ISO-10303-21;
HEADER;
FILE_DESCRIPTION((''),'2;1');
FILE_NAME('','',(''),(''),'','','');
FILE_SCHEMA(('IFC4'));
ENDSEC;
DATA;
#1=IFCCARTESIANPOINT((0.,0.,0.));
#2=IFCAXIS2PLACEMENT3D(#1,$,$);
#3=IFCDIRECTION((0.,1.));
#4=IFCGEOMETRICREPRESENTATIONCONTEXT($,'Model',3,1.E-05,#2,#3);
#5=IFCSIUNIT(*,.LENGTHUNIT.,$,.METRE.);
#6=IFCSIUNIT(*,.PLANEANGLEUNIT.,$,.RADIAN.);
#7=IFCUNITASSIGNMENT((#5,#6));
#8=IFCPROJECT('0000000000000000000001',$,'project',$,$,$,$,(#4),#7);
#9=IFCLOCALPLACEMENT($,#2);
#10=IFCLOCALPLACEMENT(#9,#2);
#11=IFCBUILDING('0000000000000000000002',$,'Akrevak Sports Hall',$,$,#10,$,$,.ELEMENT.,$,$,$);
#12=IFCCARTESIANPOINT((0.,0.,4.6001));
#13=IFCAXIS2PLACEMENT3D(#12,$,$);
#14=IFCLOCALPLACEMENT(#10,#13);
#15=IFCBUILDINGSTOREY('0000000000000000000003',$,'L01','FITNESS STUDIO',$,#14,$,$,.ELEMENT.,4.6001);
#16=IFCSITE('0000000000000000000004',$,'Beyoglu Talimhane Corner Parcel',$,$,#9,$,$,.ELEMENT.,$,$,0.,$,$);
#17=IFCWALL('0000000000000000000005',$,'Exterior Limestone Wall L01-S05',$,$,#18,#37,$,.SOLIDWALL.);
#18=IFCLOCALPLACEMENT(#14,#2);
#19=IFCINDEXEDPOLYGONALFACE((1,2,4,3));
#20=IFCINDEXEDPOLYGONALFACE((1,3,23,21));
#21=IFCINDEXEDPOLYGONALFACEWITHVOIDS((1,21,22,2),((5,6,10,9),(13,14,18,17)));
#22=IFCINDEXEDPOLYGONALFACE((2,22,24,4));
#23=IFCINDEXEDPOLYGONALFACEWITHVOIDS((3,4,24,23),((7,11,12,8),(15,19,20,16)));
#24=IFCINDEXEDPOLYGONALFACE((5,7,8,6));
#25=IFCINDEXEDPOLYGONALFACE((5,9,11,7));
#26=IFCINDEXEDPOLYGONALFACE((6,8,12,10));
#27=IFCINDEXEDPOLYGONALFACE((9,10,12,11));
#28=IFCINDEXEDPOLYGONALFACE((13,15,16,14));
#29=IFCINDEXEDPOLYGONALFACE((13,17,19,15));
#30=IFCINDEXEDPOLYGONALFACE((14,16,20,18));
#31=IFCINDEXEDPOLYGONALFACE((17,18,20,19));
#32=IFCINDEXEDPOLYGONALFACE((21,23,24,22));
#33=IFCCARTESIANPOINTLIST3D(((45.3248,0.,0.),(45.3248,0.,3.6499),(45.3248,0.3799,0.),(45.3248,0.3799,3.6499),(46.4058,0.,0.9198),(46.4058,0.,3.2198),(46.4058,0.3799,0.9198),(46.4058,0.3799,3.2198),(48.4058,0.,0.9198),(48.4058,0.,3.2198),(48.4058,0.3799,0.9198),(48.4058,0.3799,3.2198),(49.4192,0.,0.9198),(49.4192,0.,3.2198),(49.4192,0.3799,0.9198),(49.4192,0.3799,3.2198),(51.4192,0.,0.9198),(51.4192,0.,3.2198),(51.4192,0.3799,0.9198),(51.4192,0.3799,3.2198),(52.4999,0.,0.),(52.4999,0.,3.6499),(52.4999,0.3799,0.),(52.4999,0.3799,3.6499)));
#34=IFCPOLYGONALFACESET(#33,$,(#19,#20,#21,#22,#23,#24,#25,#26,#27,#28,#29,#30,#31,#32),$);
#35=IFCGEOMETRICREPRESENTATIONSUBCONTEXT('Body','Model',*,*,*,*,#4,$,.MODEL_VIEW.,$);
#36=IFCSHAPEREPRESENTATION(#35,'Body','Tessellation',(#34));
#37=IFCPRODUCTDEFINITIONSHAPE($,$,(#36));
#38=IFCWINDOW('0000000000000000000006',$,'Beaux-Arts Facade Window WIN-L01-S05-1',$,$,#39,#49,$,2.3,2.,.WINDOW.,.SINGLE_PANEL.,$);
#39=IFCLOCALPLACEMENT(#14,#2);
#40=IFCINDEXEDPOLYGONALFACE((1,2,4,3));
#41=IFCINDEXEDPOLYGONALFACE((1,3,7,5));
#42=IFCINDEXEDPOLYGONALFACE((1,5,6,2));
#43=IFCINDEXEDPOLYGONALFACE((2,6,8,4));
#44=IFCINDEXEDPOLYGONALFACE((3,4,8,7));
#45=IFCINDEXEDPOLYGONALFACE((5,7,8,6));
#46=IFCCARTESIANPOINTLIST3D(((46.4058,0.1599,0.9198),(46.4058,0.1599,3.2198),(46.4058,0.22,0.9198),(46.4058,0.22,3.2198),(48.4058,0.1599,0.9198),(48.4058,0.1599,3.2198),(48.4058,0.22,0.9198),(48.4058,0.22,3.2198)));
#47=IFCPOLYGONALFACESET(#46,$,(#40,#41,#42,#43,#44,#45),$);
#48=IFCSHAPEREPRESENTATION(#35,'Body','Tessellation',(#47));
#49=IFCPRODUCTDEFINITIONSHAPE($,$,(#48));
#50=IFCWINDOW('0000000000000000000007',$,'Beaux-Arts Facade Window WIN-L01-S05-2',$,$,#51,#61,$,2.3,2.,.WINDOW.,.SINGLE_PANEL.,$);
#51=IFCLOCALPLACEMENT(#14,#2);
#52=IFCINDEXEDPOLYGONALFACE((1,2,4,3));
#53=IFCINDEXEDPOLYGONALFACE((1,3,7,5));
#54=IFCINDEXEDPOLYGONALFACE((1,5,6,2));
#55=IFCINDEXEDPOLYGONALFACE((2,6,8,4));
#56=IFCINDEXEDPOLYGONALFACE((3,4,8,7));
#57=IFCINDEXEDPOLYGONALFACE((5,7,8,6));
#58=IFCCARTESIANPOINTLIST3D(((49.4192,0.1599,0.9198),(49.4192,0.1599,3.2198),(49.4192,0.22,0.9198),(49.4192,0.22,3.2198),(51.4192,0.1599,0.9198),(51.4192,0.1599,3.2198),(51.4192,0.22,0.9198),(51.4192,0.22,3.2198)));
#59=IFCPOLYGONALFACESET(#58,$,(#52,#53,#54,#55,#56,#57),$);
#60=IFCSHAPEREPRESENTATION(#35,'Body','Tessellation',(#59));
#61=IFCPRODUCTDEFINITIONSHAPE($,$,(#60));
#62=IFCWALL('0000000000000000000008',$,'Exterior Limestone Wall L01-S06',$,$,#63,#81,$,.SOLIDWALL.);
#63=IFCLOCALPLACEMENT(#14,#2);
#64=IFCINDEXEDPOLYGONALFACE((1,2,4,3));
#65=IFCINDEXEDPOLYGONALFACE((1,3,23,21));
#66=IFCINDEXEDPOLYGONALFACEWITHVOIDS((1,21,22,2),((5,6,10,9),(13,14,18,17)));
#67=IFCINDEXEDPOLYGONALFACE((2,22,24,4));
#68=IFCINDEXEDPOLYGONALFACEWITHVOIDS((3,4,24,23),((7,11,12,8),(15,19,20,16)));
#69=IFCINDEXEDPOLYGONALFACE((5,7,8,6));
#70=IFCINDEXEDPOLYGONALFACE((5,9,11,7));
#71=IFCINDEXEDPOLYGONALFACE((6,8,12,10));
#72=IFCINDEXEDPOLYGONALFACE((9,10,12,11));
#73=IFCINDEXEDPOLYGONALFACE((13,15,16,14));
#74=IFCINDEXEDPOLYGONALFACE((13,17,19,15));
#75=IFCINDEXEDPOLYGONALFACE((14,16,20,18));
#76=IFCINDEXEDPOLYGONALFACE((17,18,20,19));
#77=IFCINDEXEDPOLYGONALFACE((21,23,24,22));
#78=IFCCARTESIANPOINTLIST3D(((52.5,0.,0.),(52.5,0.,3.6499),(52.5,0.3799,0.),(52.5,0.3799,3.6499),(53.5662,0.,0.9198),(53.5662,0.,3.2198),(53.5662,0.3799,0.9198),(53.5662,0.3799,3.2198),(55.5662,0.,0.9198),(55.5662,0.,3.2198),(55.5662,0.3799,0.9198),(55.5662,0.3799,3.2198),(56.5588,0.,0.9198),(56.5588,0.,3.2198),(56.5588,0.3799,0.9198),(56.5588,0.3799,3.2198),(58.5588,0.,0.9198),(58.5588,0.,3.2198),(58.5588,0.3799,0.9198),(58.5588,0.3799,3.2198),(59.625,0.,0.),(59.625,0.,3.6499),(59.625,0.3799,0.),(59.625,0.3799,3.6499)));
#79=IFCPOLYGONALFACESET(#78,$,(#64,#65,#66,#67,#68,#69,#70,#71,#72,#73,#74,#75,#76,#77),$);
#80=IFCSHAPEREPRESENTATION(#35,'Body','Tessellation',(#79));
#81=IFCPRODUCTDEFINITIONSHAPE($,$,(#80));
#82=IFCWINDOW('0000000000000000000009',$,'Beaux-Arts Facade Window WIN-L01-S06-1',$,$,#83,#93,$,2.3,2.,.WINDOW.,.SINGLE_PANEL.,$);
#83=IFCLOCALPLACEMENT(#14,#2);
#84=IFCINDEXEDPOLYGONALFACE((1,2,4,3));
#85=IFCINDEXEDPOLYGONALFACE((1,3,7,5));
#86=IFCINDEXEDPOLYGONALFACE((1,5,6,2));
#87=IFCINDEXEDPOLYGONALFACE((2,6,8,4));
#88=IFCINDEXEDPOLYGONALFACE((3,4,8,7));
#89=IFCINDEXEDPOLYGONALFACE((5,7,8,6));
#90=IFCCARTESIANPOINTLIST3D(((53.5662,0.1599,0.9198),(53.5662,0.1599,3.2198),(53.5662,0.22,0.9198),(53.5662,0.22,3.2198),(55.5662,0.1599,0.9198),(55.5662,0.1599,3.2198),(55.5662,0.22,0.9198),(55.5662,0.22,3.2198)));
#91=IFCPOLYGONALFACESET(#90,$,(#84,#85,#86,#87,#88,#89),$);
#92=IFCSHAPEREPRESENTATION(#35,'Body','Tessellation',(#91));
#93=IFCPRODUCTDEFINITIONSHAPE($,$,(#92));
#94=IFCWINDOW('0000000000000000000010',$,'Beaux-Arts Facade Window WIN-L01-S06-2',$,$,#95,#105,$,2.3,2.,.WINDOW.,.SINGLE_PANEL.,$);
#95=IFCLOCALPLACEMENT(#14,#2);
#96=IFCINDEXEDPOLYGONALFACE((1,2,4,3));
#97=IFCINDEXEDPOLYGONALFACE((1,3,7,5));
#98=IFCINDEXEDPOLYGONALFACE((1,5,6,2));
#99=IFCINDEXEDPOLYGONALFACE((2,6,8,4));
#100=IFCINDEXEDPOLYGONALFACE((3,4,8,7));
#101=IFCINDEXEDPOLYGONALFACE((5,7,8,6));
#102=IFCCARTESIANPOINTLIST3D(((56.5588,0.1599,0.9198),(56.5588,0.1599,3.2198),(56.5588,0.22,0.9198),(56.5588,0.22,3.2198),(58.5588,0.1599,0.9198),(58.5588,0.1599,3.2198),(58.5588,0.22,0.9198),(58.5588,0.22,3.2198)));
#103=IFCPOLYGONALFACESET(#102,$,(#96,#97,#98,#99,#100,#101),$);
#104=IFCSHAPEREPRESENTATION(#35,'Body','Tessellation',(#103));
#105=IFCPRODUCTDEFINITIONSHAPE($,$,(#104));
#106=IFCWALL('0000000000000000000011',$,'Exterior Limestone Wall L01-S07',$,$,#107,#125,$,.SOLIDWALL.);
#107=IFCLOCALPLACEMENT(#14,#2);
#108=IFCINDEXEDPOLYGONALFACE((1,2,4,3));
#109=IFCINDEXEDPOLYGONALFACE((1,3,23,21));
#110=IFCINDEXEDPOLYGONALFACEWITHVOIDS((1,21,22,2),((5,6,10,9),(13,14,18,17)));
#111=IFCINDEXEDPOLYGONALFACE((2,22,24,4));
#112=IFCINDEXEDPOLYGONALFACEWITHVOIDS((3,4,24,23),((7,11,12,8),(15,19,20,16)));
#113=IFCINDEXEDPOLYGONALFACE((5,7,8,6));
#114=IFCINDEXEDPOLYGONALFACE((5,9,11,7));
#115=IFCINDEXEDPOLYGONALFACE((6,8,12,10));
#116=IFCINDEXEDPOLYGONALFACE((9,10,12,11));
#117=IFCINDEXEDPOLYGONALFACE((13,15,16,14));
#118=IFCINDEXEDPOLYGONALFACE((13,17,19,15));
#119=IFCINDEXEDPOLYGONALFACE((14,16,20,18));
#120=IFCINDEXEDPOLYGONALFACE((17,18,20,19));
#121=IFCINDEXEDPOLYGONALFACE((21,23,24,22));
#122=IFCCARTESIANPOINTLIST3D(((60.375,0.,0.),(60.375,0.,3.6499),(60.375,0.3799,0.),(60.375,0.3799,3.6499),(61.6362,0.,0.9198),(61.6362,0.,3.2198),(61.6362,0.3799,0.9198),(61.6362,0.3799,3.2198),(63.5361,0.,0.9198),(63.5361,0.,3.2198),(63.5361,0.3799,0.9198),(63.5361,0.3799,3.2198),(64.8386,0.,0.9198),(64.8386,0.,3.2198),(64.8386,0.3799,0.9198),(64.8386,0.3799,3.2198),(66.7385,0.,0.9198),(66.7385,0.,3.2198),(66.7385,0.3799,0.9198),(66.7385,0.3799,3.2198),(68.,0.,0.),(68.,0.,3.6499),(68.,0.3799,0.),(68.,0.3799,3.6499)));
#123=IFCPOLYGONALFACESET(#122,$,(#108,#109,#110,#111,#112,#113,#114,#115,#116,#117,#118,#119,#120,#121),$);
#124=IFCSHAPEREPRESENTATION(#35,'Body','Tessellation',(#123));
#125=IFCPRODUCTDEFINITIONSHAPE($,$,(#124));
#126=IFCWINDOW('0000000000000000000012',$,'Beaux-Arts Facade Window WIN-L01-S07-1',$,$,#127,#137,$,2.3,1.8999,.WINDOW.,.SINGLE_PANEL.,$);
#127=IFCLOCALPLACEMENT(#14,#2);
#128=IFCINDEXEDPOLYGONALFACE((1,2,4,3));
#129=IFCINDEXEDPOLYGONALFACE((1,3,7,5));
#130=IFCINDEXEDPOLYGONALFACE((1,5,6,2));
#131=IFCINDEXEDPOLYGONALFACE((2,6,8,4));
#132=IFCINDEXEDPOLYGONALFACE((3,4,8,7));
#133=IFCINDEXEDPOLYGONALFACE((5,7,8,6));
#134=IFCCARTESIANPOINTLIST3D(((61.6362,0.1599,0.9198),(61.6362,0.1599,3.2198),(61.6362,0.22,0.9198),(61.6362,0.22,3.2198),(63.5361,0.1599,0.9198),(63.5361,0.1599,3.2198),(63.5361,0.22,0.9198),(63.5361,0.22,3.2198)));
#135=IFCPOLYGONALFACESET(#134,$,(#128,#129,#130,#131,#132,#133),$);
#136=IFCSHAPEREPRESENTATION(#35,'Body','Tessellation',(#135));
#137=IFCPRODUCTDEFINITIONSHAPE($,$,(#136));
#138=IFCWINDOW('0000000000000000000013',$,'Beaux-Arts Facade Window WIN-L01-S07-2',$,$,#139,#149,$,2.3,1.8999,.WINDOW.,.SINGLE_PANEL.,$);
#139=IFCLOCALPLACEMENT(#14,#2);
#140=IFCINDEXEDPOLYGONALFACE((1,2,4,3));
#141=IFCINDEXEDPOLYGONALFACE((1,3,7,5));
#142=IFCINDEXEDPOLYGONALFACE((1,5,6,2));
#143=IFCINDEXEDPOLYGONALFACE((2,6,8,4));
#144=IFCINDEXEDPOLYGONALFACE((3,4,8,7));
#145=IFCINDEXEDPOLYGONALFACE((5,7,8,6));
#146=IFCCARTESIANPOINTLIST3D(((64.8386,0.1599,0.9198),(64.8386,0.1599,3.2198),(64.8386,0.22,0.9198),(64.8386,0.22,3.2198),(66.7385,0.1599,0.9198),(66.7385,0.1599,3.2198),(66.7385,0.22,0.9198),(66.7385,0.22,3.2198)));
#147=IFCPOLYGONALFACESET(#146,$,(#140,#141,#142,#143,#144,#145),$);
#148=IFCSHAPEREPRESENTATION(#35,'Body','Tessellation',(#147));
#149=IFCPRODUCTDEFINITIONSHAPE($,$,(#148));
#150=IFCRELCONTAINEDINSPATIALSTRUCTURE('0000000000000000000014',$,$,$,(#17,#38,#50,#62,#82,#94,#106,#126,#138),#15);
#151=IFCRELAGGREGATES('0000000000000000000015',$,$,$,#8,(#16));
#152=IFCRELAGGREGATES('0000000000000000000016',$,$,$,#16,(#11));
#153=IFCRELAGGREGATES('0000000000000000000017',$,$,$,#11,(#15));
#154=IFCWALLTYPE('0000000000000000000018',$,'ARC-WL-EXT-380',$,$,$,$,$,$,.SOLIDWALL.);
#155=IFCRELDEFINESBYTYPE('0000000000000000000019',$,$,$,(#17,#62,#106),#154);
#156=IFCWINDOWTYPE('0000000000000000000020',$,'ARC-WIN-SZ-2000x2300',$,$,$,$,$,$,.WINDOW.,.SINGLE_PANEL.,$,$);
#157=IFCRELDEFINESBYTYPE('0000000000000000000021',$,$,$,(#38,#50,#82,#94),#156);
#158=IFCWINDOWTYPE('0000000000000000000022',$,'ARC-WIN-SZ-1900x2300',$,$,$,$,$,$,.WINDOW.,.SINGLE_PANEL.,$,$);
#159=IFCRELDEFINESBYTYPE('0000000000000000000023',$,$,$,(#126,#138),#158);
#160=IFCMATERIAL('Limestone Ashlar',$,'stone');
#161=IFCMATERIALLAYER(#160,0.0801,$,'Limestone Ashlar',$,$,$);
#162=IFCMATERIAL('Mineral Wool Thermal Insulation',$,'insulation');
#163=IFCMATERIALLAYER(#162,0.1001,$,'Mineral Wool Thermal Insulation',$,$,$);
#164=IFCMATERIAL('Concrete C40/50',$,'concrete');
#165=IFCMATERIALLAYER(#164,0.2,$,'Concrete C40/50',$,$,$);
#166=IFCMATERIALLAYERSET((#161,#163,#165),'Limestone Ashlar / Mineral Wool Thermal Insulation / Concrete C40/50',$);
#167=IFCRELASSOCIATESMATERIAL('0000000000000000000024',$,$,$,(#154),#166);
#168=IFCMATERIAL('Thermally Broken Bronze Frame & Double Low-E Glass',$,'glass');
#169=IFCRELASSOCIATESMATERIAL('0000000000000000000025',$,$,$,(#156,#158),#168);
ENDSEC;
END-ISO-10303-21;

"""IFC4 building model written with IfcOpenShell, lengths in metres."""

from ifc_helpers import new_model, si_unit, direction, frame, frame_2d, origin, place, context, subcontext, project, spatial, rectangle, extrude, material, layer, layer_set, type_object, element, fill, save


model = new_model("IFC4")

# Units and contexts
model_context = context("Model", 3, precision=1e-05, world=origin(), true_north=direction((0.0, 1.0)))
body_context = subcontext(model_context, "Body", "Model", "MODEL_VIEW")
ifc_project = project(units=[si_unit("LENGTHUNIT", "METRE"), si_unit("PLANEANGLEUNIT", "RADIAN")], contexts=[model_context])

# Site, building, storey
site_placement = place(None, origin())
site = spatial("IfcSite", under=ifc_project, at=site_placement, Name="Beyoglu Talimhane Corner Parcel", CompositionType="ELEMENT", RefElevation=0.0)
building_placement = place(site_placement, origin())
building = spatial("IfcBuilding", under=site, at=building_placement, Name="Akrevak Sports Hall", CompositionType="ELEMENT")
storey_placement = place(building_placement, frame((0.0, 0.0, 4.6001)))
storey = spatial("IfcBuildingStorey", under=building, at=storey_placement, Name="L01", Description="FITNESS STUDIO", CompositionType="ELEMENT", Elevation=4.6001)

# Shared definitions
ifc_material_1 = material(Name="Concrete C40/50", Category="concrete")

# Walls, openings, windows
ifc_material_2 = material(Name="Limestone Ashlar", Category="stone")
ifc_layer_1 = layer(ifc_material_2, 0.0801, Name="Limestone Ashlar")
ifc_material_3 = material(Name="Mineral Wool Thermal Insulation", Category="insulation")
ifc_layer_2 = layer(ifc_material_3, 0.1001, Name="Mineral Wool Thermal Insulation")
ifc_layer_3 = layer(ifc_material_1, 0.2, Name="Concrete C40/50")
ifc_layer_set_1 = layer_set([ifc_layer_1, ifc_layer_2, ifc_layer_3], Name="Limestone Ashlar / Mineral Wool Thermal Insulation / Concrete C40/50")
wall_type_1 = type_object("IfcWallType", Name="ARC-WL-EXT-380", PredefinedType="SOLIDWALL", material=ifc_layer_set_1)
wall_1_placement = place(storey_placement, frame((45.325, 0.1899, 0.0), z_axis=(0.0, 0.0, 1.0), x_axis=(1.0, 0.0, 0.0)))
wall_1 = element("IfcWall", 1, at=wall_1_placement, inside=storey, type_object=wall_type_1, Name="Exterior Limestone Wall L01-S05", PredefinedType="SOLIDWALL", context=body_context, shape_type="SweptSolid", body=[
    extrude(rectangle(XDim=7.175, YDim=0.3799, at=frame_2d((3.5874, 0.0))), origin(), (0.0, 0.0, 1.0), 3.6499),
])
opening_1_placement = place(wall_1_placement, frame((1.0808, 0.0, 0.9199)))
opening_1 = element("IfcOpeningElement", 2, at=opening_1_placement, cuts=wall_1, PredefinedType="OPENING", context=body_context, shape_type="SweptSolid", body=[
    extrude(rectangle(XDim=2.0, YDim=2.3, at=frame_2d((1.0, 1.1499))), frame((0.0, 0.2019, 0.0), z_axis=(0.0, -1.0, 0.0), x_axis=(1.0, 0.0, 0.0)), (0.0, 0.0, 1.0), 0.4038),
])
opening_2_placement = place(wall_1_placement, frame((4.0942, 0.0, 0.9199)))
opening_2 = element("IfcOpeningElement", 3, at=opening_2_placement, cuts=wall_1, PredefinedType="OPENING", context=body_context, shape_type="SweptSolid", body=[
    extrude(rectangle(XDim=2.0, YDim=2.3, at=frame_2d((1.0, 1.1499))), frame((0.0, 0.2019, 0.0), z_axis=(0.0, -1.0, 0.0), x_axis=(1.0, 0.0, 0.0)), (0.0, 0.0, 1.0), 0.4038),
])
ifc_material_4 = material(Name="Thermally Broken Bronze Frame & Double Low-E Glass", Category="glass")
window_type_1 = type_object("IfcWindowType", Name="ARC-WIN-SZ-2000x2300", PartitioningType="SINGLE_PANEL", PredefinedType="WINDOW", material=ifc_material_4)
window_1_placement = place(opening_1_placement, origin())
window_1 = element("IfcWindow", 4, at=window_1_placement, inside=storey, type_object=window_type_1, Name="Beaux-Arts Facade Window WIN-L01-S05-1", OverallHeight=2.3, OverallWidth=2.0, PartitioningType="SINGLE_PANEL", PredefinedType="WINDOW", context=body_context, shape_type="SweptSolid", body=[
    extrude(rectangle(XDim=2.0, YDim=2.3, at=frame_2d((1.0, 1.1499))), frame((0.0, 0.03, 0.0), z_axis=(0.0, -1.0, 0.0), x_axis=(1.0, 0.0, 0.0)), (0.0, 0.0, 1.0), 0.0601),
])
fill(opening_1, window_1)
window_2_placement = place(opening_2_placement, origin())
window_2 = element("IfcWindow", 5, at=window_2_placement, inside=storey, type_object=window_type_1, Name="Beaux-Arts Facade Window WIN-L01-S05-2", OverallHeight=2.3, OverallWidth=2.0, PartitioningType="SINGLE_PANEL", PredefinedType="WINDOW", context=body_context, shape_type="SweptSolid", body=[
    extrude(rectangle(XDim=2.0, YDim=2.3, at=frame_2d((1.0, 1.1499))), frame((0.0, 0.03, 0.0), z_axis=(0.0, -1.0, 0.0), x_axis=(1.0, 0.0, 0.0)), (0.0, 0.0, 1.0), 0.0601),
])
fill(opening_2, window_2)
wall_2_placement = place(storey_placement, frame((52.5, 0.1899, 0.0), z_axis=(0.0, 0.0, 1.0), x_axis=(1.0, 0.0, 0.0)))
wall_2 = element("IfcWall", 6, at=wall_2_placement, inside=storey, type_object=wall_type_1, Name="Exterior Limestone Wall L01-S06", PredefinedType="SOLIDWALL", context=body_context, shape_type="SweptSolid", body=[
    extrude(rectangle(XDim=7.125, YDim=0.3799, at=frame_2d((3.5625, 0.0))), origin(), (0.0, 0.0, 1.0), 3.6499),
])
opening_3_placement = place(wall_2_placement, frame((1.0662, 0.0, 0.9199)))
opening_3 = element("IfcOpeningElement", 7, at=opening_3_placement, cuts=wall_2, PredefinedType="OPENING", context=body_context, shape_type="SweptSolid", body=[
    extrude(rectangle(XDim=2.0, YDim=2.3, at=frame_2d((1.0, 1.1499))), frame((0.0, 0.2019, 0.0), z_axis=(0.0, -1.0, 0.0), x_axis=(1.0, 0.0, 0.0)), (0.0, 0.0, 1.0), 0.4038),
])
opening_4_placement = place(wall_2_placement, frame((4.0588, 0.0, 0.9199)))
opening_4 = element("IfcOpeningElement", 8, at=opening_4_placement, cuts=wall_2, PredefinedType="OPENING", context=body_context, shape_type="SweptSolid", body=[
    extrude(rectangle(XDim=2.0, YDim=2.3, at=frame_2d((1.0, 1.1499))), frame((0.0, 0.2019, 0.0), z_axis=(0.0, -1.0, 0.0), x_axis=(1.0, 0.0, 0.0)), (0.0, 0.0, 1.0), 0.4038),
])
window_3_placement = place(opening_3_placement, origin())
window_3 = element("IfcWindow", 9, at=window_3_placement, inside=storey, type_object=window_type_1, Name="Beaux-Arts Facade Window WIN-L01-S06-1", OverallHeight=2.3, OverallWidth=2.0, PartitioningType="SINGLE_PANEL", PredefinedType="WINDOW", context=body_context, shape_type="SweptSolid", body=[
    extrude(rectangle(XDim=2.0, YDim=2.3, at=frame_2d((1.0, 1.1499))), frame((0.0, 0.03, 0.0), z_axis=(0.0, -1.0, 0.0), x_axis=(1.0, 0.0, 0.0)), (0.0, 0.0, 1.0), 0.0601),
])
fill(opening_3, window_3)
window_4_placement = place(opening_4_placement, origin())
window_4 = element("IfcWindow", 10, at=window_4_placement, inside=storey, type_object=window_type_1, Name="Beaux-Arts Facade Window WIN-L01-S06-2", OverallHeight=2.3, OverallWidth=2.0, PartitioningType="SINGLE_PANEL", PredefinedType="WINDOW", context=body_context, shape_type="SweptSolid", body=[
    extrude(rectangle(XDim=2.0, YDim=2.3, at=frame_2d((1.0, 1.1499))), frame((0.0, 0.03, 0.0), z_axis=(0.0, -1.0, 0.0), x_axis=(1.0, 0.0, 0.0)), (0.0, 0.0, 1.0), 0.0601),
])
fill(opening_4, window_4)
wall_3_placement = place(storey_placement, frame((60.375, 0.1899, 0.0), z_axis=(0.0, 0.0, 1.0), x_axis=(1.0, 0.0, 0.0)))
wall_3 = element("IfcWall", 11, at=wall_3_placement, inside=storey, type_object=wall_type_1, Name="Exterior Limestone Wall L01-S07", PredefinedType="SOLIDWALL", context=body_context, shape_type="SweptSolid", body=[
    extrude(rectangle(XDim=7.625, YDim=0.3799, at=frame_2d((3.8125, 0.0))), origin(), (0.0, 0.0, 1.0), 3.6499),
])
opening_5_placement = place(wall_3_placement, frame((1.2612, 0.0, 0.9199)))
opening_5 = element("IfcOpeningElement", 12, at=opening_5_placement, cuts=wall_3, PredefinedType="OPENING", context=body_context, shape_type="SweptSolid", body=[
    extrude(rectangle(XDim=1.8999, YDim=2.3, at=frame_2d((0.95, 1.1499))), frame((0.0, 0.2019, 0.0), z_axis=(0.0, -1.0, 0.0), x_axis=(1.0, 0.0, 0.0)), (0.0, 0.0, 1.0), 0.4038),
])
opening_6_placement = place(wall_3_placement, frame((4.4636, 0.0, 0.9199)))
opening_6 = element("IfcOpeningElement", 13, at=opening_6_placement, cuts=wall_3, PredefinedType="OPENING", context=body_context, shape_type="SweptSolid", body=[
    extrude(rectangle(XDim=1.8999, YDim=2.3, at=frame_2d((0.95, 1.1499))), frame((0.0, 0.2019, 0.0), z_axis=(0.0, -1.0, 0.0), x_axis=(1.0, 0.0, 0.0)), (0.0, 0.0, 1.0), 0.4038),
])
window_type_2 = type_object("IfcWindowType", Name="ARC-WIN-SZ-1900x2300", PartitioningType="SINGLE_PANEL", PredefinedType="WINDOW", material=ifc_material_4)
window_5_placement = place(opening_5_placement, origin())
window_5 = element("IfcWindow", 14, at=window_5_placement, inside=storey, type_object=window_type_2, Name="Beaux-Arts Facade Window WIN-L01-S07-1", OverallHeight=2.3, OverallWidth=1.8999, PartitioningType="SINGLE_PANEL", PredefinedType="WINDOW", context=body_context, shape_type="SweptSolid", body=[
    extrude(rectangle(XDim=1.8999, YDim=2.3, at=frame_2d((0.95, 1.1499))), frame((0.0, 0.03, 0.0), z_axis=(0.0, -1.0, 0.0), x_axis=(1.0, 0.0, 0.0)), (0.0, 0.0, 1.0), 0.0601),
])
fill(opening_5, window_5)
window_6_placement = place(opening_6_placement, origin())
window_6 = element("IfcWindow", 15, at=window_6_placement, inside=storey, type_object=window_type_2, Name="Beaux-Arts Facade Window WIN-L01-S07-2", OverallHeight=2.3, OverallWidth=1.8999, PartitioningType="SINGLE_PANEL", PredefinedType="WINDOW", context=body_context, shape_type="SweptSolid", body=[
    extrude(rectangle(XDim=1.8999, YDim=2.3, at=frame_2d((0.95, 1.1499))), frame((0.0, 0.03, 0.0), z_axis=(0.0, -1.0, 0.0), x_axis=(1.0, 0.0, 0.0)), (0.0, 0.0, 1.0), 0.0601),
])
fill(opening_6, window_6)

save(model, "model.ifc")
